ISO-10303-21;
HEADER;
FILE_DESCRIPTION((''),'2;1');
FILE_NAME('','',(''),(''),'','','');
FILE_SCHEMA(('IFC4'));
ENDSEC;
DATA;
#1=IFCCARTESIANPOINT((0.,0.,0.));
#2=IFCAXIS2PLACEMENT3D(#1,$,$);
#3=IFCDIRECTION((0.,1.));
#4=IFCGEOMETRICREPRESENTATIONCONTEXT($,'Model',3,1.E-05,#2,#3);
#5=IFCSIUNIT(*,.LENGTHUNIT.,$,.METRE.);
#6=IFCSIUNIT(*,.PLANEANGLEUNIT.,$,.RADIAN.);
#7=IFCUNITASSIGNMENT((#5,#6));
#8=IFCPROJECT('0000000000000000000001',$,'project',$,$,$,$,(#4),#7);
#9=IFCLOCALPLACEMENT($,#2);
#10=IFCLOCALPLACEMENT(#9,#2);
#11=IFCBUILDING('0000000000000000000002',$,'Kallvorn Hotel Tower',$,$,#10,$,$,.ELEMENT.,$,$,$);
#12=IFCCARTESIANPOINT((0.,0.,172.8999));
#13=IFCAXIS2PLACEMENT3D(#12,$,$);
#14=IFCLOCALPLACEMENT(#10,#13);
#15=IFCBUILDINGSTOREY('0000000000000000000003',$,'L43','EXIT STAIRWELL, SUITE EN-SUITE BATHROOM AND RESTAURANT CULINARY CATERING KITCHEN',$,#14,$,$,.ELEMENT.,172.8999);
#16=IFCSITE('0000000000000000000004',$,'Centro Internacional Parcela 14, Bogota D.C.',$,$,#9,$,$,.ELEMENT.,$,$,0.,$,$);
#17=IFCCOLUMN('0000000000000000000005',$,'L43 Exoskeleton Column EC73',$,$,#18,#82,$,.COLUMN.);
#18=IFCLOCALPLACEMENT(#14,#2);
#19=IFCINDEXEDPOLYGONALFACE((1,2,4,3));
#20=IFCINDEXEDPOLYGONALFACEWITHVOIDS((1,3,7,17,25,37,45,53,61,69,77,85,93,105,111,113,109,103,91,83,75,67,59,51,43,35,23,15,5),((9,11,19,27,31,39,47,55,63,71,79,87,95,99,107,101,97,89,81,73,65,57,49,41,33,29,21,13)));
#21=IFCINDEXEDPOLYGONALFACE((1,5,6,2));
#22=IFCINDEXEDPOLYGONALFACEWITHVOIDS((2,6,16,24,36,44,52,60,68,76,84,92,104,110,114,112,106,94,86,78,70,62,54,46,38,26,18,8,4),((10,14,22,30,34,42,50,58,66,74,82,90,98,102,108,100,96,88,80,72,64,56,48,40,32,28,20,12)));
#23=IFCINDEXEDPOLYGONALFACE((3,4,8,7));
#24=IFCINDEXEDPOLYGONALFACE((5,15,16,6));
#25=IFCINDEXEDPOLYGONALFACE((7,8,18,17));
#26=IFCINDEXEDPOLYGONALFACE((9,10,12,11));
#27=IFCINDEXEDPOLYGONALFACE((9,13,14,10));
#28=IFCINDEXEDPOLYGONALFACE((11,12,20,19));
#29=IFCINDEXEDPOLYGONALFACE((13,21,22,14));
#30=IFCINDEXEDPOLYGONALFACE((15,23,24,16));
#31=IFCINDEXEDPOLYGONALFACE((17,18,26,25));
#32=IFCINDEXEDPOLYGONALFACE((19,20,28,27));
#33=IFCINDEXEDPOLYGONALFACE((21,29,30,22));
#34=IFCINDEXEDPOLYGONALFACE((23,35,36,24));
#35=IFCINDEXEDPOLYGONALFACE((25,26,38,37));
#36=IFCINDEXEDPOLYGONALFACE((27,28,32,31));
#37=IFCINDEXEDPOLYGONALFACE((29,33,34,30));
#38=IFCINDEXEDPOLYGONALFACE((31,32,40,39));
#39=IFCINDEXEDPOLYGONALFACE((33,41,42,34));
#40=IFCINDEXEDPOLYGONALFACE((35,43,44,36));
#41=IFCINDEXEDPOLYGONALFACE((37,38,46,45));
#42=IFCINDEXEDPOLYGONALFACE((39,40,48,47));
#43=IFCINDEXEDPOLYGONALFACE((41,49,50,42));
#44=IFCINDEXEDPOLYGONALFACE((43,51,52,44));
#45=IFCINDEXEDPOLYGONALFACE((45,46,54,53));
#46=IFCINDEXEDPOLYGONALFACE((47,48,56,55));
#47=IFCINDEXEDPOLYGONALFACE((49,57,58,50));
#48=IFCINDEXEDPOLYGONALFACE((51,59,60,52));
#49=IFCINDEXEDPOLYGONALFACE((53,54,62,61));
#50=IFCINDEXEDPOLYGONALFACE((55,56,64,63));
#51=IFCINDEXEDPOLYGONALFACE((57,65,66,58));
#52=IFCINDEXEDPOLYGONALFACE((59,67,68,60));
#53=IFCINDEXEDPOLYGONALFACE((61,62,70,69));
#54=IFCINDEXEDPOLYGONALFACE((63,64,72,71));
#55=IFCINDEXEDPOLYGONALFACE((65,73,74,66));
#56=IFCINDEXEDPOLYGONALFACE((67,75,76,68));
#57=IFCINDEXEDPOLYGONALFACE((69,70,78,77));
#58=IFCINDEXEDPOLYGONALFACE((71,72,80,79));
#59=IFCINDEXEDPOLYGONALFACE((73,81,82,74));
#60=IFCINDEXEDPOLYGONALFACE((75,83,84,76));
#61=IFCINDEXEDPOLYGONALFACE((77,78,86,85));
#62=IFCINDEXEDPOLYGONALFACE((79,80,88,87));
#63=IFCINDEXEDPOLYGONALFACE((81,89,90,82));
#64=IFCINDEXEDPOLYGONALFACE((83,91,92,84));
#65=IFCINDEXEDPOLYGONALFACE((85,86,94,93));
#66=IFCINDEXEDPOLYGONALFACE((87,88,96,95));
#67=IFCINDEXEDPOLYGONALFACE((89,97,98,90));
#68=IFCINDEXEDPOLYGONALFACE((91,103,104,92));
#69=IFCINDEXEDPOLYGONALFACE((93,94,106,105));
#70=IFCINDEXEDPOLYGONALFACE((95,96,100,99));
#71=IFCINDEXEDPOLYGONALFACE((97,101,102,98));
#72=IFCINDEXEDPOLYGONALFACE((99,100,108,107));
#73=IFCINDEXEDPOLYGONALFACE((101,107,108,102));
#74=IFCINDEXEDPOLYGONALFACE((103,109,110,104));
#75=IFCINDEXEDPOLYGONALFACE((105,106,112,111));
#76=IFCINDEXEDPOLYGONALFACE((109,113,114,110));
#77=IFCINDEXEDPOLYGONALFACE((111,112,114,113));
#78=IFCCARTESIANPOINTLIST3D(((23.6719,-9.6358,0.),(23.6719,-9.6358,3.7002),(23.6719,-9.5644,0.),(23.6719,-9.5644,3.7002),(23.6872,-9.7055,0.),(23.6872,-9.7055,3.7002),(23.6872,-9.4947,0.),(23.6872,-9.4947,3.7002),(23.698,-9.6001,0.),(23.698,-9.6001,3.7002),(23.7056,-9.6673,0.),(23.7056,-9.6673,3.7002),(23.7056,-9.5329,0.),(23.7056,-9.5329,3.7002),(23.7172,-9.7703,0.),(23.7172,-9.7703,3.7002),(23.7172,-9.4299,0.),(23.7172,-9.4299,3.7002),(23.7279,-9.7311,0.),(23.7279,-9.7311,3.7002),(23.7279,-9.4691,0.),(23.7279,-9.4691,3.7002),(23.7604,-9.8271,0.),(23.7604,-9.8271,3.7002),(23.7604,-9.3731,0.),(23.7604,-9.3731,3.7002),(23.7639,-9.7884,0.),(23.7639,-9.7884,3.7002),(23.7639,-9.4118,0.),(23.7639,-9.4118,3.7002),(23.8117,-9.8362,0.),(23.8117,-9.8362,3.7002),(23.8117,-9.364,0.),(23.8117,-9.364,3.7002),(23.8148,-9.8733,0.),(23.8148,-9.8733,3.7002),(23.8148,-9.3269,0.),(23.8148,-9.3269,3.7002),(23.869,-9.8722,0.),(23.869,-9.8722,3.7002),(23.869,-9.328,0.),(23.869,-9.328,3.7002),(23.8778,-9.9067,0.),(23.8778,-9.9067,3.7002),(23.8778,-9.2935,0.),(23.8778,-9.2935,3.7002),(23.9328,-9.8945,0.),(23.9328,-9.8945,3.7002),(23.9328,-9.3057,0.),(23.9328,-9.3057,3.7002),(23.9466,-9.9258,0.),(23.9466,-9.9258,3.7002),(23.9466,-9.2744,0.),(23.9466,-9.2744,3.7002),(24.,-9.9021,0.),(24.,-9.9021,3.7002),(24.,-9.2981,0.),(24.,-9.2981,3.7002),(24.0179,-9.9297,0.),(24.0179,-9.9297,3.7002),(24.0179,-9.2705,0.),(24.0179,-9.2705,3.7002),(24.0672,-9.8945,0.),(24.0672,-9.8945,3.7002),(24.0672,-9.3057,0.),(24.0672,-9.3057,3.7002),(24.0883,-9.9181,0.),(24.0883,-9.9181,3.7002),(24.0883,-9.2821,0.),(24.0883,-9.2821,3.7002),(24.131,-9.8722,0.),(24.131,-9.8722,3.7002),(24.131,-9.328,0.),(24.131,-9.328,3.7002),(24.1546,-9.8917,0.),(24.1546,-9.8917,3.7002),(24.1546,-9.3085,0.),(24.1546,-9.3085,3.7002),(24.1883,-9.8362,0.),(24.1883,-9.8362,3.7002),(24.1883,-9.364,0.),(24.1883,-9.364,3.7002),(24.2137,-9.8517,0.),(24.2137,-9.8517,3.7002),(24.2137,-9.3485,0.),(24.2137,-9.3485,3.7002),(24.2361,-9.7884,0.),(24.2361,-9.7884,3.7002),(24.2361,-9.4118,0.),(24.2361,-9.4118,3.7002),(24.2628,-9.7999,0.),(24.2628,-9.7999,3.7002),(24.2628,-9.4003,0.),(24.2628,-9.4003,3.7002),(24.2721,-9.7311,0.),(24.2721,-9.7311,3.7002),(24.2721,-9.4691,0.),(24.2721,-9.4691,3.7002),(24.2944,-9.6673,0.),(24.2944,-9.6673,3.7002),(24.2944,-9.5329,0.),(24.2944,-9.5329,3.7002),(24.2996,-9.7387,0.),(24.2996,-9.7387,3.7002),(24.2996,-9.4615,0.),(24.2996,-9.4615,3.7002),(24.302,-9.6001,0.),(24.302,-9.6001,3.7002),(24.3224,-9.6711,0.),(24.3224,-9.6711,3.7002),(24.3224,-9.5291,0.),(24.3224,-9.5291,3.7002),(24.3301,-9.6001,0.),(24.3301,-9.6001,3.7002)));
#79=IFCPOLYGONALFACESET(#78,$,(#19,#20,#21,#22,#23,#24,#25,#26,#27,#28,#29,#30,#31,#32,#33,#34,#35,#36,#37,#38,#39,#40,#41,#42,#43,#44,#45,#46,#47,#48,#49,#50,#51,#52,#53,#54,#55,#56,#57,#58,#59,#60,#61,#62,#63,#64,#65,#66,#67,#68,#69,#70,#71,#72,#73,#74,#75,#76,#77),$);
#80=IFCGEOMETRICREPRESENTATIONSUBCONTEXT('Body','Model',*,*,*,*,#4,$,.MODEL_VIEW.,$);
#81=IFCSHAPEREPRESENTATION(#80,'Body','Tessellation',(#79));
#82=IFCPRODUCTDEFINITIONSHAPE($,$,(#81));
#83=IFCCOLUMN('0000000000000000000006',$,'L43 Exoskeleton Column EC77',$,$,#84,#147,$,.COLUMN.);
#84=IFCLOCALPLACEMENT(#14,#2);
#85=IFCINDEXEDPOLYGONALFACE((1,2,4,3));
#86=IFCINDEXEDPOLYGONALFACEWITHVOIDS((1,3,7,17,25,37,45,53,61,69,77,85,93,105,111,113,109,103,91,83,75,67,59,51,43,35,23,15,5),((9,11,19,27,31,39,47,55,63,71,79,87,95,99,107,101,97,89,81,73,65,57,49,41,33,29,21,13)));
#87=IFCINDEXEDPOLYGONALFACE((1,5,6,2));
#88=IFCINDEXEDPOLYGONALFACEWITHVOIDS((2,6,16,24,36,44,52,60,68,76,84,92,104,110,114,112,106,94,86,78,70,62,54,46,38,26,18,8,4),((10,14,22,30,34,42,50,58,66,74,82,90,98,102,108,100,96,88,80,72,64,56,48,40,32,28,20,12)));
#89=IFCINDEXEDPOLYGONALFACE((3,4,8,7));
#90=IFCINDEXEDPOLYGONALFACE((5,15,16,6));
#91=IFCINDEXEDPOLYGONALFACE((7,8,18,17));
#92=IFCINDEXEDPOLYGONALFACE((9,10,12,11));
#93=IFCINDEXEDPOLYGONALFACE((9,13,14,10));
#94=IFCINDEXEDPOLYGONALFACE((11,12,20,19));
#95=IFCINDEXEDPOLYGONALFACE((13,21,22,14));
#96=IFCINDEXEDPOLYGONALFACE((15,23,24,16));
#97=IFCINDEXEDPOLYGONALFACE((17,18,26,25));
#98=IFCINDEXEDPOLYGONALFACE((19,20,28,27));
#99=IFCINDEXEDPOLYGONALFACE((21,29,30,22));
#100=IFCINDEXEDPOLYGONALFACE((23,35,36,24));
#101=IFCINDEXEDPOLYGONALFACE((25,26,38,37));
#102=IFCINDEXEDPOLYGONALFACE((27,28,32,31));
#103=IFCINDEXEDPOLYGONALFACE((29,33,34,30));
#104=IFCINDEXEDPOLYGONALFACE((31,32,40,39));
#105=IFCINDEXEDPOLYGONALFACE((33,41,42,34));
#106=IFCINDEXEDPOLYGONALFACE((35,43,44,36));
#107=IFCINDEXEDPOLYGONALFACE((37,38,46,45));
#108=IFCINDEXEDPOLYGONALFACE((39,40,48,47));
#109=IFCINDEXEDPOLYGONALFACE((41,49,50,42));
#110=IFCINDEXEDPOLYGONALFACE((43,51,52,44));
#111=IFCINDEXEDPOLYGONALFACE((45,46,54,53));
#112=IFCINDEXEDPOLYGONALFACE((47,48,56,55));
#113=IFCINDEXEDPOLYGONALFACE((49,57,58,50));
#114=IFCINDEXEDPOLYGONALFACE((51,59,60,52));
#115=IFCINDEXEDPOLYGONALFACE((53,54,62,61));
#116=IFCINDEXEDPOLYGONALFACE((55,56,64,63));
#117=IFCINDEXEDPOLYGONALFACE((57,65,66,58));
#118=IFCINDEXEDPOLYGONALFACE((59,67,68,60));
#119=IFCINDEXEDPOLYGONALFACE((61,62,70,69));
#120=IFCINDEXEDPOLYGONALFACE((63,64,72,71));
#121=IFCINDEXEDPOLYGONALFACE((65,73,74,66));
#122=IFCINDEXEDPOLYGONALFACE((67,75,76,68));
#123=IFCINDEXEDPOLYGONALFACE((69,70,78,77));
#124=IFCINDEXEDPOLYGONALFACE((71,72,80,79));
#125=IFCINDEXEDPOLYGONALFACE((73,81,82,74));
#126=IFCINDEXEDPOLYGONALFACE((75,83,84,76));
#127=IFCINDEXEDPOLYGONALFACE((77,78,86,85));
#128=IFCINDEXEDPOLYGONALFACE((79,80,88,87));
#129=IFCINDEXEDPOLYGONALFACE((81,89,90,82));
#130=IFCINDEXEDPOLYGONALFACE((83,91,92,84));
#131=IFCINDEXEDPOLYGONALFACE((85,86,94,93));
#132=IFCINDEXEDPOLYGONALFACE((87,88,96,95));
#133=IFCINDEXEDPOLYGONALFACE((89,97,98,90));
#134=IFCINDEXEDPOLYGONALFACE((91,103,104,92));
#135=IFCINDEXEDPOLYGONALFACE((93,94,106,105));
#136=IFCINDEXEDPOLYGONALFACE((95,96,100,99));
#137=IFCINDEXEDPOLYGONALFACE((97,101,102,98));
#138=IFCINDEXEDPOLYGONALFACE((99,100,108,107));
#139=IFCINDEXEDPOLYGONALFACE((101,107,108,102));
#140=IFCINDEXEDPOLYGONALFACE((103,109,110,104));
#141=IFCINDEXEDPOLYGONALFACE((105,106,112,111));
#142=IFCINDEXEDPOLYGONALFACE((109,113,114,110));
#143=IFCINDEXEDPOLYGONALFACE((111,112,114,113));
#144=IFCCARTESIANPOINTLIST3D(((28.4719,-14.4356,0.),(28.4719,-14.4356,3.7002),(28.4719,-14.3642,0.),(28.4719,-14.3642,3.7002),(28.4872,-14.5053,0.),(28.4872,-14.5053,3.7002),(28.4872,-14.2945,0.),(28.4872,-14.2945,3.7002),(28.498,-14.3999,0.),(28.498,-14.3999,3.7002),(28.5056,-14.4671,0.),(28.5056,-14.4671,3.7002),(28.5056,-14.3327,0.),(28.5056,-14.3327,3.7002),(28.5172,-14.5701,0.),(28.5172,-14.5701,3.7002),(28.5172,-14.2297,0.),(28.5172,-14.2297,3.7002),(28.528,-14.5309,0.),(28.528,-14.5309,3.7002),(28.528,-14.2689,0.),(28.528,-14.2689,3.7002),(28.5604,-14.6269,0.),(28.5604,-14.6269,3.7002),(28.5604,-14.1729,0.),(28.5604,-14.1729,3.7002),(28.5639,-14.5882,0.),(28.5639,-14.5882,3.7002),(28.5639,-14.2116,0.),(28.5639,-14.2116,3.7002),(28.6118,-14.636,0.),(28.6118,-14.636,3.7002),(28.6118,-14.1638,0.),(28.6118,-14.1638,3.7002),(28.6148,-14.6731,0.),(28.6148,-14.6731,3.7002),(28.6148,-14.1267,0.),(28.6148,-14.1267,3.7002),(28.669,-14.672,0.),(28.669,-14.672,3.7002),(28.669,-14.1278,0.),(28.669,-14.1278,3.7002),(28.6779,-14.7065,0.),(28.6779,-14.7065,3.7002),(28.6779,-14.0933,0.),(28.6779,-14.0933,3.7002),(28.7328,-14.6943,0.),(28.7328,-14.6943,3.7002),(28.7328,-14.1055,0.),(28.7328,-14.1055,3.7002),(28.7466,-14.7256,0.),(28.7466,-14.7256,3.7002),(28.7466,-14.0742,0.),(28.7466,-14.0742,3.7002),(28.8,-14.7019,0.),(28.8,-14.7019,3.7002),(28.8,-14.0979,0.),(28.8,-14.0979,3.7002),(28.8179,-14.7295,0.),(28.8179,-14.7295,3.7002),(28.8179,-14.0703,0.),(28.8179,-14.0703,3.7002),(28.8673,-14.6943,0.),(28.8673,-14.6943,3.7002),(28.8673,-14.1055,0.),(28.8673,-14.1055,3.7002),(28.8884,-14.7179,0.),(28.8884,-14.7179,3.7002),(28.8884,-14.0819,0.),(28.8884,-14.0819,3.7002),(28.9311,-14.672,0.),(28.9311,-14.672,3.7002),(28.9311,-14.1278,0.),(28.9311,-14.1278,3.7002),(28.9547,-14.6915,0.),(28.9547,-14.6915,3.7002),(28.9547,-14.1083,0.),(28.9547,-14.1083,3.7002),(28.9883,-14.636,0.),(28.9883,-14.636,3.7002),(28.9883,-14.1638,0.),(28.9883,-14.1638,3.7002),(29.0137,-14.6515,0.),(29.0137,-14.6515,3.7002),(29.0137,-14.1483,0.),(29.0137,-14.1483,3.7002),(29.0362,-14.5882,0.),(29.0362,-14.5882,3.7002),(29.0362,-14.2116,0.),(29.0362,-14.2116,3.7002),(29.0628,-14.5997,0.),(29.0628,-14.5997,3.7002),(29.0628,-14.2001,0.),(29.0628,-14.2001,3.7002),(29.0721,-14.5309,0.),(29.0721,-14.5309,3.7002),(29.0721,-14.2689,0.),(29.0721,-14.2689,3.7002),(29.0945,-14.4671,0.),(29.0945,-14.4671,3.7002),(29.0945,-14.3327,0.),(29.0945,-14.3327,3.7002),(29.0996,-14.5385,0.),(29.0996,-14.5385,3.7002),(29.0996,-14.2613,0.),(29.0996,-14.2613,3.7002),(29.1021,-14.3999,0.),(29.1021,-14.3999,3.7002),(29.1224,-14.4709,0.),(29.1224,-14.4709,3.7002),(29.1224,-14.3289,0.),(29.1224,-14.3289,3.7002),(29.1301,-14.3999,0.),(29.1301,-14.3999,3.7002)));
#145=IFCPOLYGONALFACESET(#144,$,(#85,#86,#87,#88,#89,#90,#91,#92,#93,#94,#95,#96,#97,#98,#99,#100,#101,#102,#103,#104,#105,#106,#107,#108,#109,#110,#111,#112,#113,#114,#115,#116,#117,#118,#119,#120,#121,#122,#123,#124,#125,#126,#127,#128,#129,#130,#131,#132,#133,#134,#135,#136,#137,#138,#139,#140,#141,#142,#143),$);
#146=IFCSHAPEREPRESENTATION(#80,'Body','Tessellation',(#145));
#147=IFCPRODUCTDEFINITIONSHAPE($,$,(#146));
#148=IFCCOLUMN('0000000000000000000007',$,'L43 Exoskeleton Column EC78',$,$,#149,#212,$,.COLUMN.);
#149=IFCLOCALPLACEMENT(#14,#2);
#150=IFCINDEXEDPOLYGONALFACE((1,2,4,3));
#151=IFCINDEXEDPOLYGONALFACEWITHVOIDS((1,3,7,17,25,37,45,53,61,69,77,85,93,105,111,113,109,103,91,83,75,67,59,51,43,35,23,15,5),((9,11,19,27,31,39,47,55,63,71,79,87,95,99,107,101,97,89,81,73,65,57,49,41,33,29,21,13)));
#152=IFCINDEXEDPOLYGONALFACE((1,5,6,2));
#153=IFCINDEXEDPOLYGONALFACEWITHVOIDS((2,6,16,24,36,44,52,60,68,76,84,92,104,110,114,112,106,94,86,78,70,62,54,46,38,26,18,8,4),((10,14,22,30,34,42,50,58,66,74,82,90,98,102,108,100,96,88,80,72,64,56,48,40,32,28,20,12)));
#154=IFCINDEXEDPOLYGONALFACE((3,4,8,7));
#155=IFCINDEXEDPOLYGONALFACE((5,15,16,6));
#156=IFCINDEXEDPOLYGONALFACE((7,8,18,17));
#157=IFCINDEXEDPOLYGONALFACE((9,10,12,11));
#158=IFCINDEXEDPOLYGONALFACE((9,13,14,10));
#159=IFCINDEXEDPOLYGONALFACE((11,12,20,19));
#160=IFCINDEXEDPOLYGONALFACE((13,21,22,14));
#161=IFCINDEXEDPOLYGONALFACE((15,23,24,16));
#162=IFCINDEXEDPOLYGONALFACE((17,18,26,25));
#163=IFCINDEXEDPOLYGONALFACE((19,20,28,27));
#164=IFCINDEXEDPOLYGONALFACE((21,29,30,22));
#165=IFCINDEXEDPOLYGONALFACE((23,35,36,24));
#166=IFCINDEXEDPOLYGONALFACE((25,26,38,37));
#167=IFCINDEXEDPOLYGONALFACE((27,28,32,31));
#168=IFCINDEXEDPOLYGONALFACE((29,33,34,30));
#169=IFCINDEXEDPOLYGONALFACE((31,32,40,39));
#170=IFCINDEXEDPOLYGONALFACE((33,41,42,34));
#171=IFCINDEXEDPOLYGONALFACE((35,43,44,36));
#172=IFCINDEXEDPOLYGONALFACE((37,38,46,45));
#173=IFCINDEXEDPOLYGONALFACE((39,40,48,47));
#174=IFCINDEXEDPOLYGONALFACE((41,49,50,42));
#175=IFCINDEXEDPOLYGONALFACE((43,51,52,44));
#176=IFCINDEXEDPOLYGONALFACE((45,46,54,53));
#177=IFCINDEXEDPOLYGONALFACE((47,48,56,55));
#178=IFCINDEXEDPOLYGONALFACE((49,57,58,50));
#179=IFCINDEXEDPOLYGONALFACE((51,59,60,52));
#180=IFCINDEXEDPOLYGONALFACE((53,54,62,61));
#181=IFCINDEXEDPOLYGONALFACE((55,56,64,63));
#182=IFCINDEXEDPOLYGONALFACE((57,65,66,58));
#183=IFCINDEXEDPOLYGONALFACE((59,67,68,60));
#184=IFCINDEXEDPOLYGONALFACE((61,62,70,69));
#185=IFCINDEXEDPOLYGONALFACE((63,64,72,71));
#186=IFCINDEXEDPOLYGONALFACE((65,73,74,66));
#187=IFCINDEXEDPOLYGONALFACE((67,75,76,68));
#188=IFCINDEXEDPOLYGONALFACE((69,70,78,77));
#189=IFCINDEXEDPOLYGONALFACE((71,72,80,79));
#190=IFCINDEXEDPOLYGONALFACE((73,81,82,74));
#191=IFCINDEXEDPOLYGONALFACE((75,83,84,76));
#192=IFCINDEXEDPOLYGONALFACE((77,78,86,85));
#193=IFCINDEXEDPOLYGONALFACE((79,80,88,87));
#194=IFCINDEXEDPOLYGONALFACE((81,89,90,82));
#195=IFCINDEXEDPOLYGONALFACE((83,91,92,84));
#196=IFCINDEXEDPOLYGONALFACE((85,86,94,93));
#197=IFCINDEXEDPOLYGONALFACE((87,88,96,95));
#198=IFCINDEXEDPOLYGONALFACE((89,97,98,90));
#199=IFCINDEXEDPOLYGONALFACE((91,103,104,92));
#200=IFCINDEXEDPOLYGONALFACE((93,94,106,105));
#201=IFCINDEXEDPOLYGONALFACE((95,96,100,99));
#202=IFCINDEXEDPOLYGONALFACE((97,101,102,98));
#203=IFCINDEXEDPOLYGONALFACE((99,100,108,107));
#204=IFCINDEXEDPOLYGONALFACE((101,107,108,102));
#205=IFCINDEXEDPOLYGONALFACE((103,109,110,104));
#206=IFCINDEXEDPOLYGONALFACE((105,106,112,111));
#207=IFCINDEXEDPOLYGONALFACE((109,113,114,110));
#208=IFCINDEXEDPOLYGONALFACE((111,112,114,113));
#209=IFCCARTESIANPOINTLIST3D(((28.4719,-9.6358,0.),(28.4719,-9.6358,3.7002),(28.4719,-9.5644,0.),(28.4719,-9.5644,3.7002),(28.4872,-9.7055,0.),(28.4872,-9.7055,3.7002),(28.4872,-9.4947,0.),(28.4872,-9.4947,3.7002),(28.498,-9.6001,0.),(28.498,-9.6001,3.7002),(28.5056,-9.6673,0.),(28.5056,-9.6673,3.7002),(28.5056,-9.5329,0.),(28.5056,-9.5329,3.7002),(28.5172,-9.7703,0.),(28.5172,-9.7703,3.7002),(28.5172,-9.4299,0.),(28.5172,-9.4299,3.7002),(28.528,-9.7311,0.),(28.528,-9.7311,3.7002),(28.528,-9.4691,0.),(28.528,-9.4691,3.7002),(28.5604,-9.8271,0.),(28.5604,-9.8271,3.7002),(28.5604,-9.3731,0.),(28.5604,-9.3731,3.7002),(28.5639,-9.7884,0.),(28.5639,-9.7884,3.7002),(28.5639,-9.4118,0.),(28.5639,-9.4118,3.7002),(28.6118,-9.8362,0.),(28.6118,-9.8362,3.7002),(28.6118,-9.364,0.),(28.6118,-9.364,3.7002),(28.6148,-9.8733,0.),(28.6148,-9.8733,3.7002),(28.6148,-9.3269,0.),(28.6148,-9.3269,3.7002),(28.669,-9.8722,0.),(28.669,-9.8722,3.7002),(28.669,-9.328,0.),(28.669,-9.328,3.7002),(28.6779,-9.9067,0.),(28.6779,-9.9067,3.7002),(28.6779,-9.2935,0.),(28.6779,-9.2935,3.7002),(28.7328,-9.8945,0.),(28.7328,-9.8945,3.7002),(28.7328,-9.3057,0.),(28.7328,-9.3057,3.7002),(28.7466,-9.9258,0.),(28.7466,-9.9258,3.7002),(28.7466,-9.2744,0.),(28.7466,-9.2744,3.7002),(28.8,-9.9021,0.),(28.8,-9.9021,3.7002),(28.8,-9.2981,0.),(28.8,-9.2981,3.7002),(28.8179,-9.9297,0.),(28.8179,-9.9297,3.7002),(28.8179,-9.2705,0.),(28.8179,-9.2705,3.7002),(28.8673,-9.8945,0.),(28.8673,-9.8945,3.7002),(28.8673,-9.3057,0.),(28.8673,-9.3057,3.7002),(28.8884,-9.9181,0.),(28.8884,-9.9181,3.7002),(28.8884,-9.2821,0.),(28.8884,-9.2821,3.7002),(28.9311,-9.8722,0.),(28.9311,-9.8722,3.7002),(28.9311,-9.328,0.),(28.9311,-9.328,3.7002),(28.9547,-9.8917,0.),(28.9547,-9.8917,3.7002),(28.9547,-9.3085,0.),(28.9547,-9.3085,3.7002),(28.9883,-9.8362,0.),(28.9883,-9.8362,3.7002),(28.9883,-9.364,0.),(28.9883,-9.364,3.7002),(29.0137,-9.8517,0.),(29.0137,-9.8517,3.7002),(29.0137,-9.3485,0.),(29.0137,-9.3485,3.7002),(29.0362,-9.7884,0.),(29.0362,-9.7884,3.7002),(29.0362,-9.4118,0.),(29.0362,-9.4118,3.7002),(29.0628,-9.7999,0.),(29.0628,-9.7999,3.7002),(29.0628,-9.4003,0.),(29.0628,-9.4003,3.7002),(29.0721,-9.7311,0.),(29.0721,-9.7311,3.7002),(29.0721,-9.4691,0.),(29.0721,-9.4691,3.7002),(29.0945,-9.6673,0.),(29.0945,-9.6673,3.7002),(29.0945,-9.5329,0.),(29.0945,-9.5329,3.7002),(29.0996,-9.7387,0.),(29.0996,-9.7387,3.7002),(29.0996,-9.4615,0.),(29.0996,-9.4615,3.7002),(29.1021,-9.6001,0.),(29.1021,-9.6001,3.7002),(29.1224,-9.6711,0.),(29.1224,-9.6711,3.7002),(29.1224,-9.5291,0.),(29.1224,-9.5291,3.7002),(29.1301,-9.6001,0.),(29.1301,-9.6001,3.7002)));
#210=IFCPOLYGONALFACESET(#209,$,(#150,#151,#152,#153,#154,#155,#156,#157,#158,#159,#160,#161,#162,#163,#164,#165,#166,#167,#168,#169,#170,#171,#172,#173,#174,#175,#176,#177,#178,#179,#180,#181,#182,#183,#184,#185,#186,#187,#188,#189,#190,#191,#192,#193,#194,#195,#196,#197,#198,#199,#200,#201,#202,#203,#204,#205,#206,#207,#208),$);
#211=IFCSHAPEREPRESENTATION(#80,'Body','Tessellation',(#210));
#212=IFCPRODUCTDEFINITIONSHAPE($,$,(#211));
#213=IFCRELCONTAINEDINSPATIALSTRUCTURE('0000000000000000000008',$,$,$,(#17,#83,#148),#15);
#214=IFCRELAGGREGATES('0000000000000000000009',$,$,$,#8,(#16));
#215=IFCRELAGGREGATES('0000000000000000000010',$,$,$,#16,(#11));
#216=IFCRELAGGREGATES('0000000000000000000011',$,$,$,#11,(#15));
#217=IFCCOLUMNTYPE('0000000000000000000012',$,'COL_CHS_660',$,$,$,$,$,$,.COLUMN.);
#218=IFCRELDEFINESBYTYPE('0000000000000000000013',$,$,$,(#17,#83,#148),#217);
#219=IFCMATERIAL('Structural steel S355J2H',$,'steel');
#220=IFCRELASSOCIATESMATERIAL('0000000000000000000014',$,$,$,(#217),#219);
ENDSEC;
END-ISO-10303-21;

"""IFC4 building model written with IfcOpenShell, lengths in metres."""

from ifc_helpers import new_model, si_unit, direction, frame, origin, origin_2d, place, context, subcontext, project, spatial, hollow_circle, extrude, material, material_profile, profile_set, type_object, element, save


model = new_model("IFC4")

# Units and contexts
model_context = context("Model", 3, precision=1e-05, world=origin(), true_north=direction((0.0, 1.0)))
body_context = subcontext(model_context, "Body", "Model", "MODEL_VIEW")
ifc_project = project(units=[si_unit("LENGTHUNIT", "METRE"), si_unit("PLANEANGLEUNIT", "RADIAN")], contexts=[model_context])

# Site, building, storey
site_placement = place(None, origin())
site = spatial("IfcSite", under=ifc_project, at=site_placement, Name="Centro Internacional Parcela 14, Bogota D.C.", CompositionType="ELEMENT", RefElevation=0.0)
building_placement = place(site_placement, origin())
building = spatial("IfcBuilding", under=site, at=building_placement, Name="Kallvorn Hotel Tower", CompositionType="ELEMENT")
storey_placement = place(building_placement, frame((0.0, 0.0, 172.8999)))
storey = spatial("IfcBuildingStorey", under=building, at=storey_placement, Name="L43", Description="EXIT STAIRWELL, SUITE EN-SUITE BATHROOM AND RESTAURANT CULINARY CATERING KITCHEN", CompositionType="ELEMENT", Elevation=172.8999)

# Columns
ifc_material_1 = material(Name="Structural steel S355J2H", Category="steel")
ifc_material_profile_1 = material_profile(ifc_material_1, hollow_circle(Radius=0.3301, WallThickness=0.0281, at=origin_2d()), Name="CHS 660x28")
ifc_profile_set_1 = profile_set([ifc_material_profile_1], Name="Structural steel S355J2H")
column_type_1 = type_object("IfcColumnType", Name="COL_CHS_660", PredefinedType="COLUMN", material=ifc_profile_set_1)
for number, where, z_axis, x_axis, name in (
    (1, (24.0, -9.6001, 0.0), (0.0, 0.0, 1.0), (1.0, 0.0, 0.0), "L43 Exoskeleton Column EC73"),
    (2, (28.8, -14.3999, 0.0), (0.0, 0.0, 1.0), (1.0, 0.0, 0.0), "L43 Exoskeleton Column EC77"),
    (3, (28.8, -9.6001, 0.0), (0.0, 0.0, 1.0), (1.0, 0.0, 0.0), "L43 Exoskeleton Column EC78"),
):
    element("IfcColumn", number, at=place(storey_placement, frame(where, z_axis=z_axis, x_axis=x_axis)), inside=storey, type_object=column_type_1, Name=name, PredefinedType="COLUMN", context=body_context, shape_type="SweptSolid", body=[
        extrude(hollow_circle(Radius=0.3301, WallThickness=0.0281, at=origin_2d()), origin(), (0.0, 0.0, 1.0), 3.7002),
    ])

save(model, "model.ifc")
